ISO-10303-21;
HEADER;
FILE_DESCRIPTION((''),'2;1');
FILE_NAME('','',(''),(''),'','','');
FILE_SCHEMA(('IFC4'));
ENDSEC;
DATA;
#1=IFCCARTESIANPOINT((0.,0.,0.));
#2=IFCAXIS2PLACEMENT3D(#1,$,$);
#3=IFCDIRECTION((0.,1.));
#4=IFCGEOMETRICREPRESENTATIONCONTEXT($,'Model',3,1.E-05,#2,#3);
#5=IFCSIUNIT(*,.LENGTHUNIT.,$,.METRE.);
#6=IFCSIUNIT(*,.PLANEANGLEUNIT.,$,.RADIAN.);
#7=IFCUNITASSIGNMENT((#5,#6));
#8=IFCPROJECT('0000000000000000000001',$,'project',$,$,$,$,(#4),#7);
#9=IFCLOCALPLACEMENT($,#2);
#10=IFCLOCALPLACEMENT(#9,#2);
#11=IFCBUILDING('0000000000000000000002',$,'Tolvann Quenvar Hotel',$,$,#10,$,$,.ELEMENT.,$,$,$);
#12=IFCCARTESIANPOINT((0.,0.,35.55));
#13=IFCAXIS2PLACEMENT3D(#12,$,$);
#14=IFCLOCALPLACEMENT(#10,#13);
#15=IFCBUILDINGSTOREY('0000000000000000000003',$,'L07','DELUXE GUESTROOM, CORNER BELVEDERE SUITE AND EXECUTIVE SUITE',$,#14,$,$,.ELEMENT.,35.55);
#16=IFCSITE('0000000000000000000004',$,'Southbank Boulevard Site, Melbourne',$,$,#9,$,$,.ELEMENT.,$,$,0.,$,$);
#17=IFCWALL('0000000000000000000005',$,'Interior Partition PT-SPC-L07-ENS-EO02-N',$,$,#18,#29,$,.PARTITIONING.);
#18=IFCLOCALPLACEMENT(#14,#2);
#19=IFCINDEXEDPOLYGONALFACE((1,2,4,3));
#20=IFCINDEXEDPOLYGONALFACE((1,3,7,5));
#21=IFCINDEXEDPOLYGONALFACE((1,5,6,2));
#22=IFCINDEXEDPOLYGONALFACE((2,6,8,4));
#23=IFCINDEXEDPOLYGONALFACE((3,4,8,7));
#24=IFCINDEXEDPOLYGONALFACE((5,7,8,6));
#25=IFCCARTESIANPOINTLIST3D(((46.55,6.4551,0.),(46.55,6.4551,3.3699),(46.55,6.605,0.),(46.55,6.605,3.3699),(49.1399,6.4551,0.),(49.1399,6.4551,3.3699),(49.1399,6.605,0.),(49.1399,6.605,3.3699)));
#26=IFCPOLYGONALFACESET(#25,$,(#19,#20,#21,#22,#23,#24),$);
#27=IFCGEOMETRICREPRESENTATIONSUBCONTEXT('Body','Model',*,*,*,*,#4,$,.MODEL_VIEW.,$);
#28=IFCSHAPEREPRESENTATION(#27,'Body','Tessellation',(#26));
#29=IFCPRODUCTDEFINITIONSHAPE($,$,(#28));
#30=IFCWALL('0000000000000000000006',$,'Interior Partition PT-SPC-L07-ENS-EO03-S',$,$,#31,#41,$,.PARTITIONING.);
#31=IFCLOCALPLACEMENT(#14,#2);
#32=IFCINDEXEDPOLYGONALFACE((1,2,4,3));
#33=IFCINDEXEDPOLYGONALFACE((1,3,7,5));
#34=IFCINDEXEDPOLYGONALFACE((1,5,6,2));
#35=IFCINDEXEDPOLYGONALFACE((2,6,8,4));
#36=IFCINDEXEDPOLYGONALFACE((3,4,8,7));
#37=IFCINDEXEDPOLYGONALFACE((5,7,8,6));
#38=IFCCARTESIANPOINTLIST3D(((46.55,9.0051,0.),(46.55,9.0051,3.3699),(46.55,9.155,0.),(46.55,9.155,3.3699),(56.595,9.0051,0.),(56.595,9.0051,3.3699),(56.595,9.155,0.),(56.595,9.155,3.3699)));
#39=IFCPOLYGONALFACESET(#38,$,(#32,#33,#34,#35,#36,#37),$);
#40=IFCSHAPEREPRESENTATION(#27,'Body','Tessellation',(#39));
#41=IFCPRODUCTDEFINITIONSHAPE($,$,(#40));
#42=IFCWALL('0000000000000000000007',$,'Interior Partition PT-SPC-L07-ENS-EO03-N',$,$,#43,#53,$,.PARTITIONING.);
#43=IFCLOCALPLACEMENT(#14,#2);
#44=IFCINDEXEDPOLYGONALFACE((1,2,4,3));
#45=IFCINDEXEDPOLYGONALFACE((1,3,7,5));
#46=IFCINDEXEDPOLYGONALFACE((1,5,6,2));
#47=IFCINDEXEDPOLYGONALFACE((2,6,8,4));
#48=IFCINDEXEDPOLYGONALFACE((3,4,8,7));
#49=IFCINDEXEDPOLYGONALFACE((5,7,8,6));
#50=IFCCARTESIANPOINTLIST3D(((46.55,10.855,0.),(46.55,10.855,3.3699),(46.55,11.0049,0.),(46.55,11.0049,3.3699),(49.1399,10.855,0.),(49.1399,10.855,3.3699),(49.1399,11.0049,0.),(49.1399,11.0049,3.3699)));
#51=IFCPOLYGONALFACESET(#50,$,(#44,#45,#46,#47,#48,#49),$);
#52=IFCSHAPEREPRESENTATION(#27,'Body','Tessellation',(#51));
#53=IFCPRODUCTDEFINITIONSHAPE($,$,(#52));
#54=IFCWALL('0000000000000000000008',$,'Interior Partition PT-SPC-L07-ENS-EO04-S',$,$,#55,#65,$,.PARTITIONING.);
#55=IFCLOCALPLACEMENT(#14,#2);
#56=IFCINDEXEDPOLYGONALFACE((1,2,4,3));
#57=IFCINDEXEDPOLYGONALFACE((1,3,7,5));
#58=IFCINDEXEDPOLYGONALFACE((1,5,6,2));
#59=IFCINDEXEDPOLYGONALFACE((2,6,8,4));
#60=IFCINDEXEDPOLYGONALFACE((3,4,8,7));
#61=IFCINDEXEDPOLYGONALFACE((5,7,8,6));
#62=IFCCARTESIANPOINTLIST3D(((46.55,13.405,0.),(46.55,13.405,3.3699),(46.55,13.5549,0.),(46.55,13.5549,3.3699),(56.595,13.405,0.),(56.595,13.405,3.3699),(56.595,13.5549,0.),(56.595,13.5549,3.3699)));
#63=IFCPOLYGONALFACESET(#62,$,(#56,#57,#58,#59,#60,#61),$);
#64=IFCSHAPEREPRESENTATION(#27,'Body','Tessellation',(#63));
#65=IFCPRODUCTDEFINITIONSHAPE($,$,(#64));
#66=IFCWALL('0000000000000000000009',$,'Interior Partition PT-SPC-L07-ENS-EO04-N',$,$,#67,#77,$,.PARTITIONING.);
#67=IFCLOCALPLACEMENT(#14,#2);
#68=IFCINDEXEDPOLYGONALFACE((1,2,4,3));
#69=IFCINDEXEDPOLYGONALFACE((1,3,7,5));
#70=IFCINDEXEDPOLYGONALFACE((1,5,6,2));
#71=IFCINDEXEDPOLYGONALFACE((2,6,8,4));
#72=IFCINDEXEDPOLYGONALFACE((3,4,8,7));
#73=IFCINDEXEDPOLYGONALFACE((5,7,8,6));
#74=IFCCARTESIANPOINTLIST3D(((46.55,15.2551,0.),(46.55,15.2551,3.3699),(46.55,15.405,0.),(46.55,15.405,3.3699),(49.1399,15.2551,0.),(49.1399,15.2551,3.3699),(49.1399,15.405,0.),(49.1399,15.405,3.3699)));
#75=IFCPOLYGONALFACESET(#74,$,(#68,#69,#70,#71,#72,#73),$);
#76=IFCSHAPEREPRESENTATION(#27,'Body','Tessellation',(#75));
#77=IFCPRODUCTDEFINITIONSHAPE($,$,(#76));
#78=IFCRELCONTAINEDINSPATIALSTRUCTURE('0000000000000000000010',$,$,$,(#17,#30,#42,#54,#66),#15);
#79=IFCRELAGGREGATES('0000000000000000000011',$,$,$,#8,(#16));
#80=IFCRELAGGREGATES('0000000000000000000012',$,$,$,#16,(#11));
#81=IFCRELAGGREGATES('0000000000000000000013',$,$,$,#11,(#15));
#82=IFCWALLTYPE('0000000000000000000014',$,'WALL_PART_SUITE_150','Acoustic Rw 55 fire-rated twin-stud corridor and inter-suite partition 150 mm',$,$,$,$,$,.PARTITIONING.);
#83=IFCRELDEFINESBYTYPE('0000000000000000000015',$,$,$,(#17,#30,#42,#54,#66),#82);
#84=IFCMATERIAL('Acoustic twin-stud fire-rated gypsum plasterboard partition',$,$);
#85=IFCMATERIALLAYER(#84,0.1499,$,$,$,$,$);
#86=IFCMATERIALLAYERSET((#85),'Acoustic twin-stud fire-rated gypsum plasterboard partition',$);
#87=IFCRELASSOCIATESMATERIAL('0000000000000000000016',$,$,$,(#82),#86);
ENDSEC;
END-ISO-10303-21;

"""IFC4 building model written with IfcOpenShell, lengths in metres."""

from ifc_helpers import new_model, si_unit, direction, frame, frame_2d, origin, place, context, subcontext, project, spatial, rectangle, extrude, material, layer, layer_set, type_object, element, save


model = new_model("IFC4")

# Units and contexts
model_context = context("Model", 3, precision=1e-05, world=origin(), true_north=direction((0.0, 1.0)))
body_context = subcontext(model_context, "Body", "Model", "MODEL_VIEW")
ifc_project = project(units=[si_unit("LENGTHUNIT", "METRE"), si_unit("PLANEANGLEUNIT", "RADIAN")], contexts=[model_context])

# Site, building, storey
site_placement = place(None, origin())
site = spatial("IfcSite", under=ifc_project, at=site_placement, Name="Southbank Boulevard Site, Melbourne", CompositionType="ELEMENT", RefElevation=0.0)
building_placement = place(site_placement, origin())
building = spatial("IfcBuilding", under=site, at=building_placement, Name="Tolvann Quenvar Hotel", CompositionType="ELEMENT")
storey_placement = place(building_placement, frame((0.0, 0.0, 35.55)))
storey = spatial("IfcBuildingStorey", under=building, at=storey_placement, Name="L07", Description="DELUXE GUESTROOM, CORNER BELVEDERE SUITE AND EXECUTIVE SUITE", CompositionType="ELEMENT", Elevation=35.55)

# Shared definitions
ifc_material_1 = material(Name="Acoustic twin-stud fire-rated gypsum plasterboard partition")
ifc_layer_1 = layer(ifc_material_1, 0.1499)
ifc_layer_set_1 = layer_set([ifc_layer_1], Name="Acoustic twin-stud fire-rated gypsum plasterboard partition")
wall_type_1 = type_object("IfcWallType", Name="WALL_PART_SUITE_150", Description="Acoustic Rw 55 fire-rated twin-stud corridor and inter-suite partition 150 mm", PredefinedType="PARTITIONING", material=ifc_layer_set_1)

# Walls
for number, where, z_axis, x_axis, name in (
    (1, (46.55, 6.53, 0.0), (0.0, 0.0, 1.0), (1.0, 0.0, 0.0), "Interior Partition PT-SPC-L07-ENS-EO02-N"),
):
    element("IfcWall", number, at=place(storey_placement, frame(where, z_axis=z_axis, x_axis=x_axis)), inside=storey, type_object=wall_type_1, Name=name, PredefinedType="PARTITIONING", context=body_context, shape_type="SweptSolid", body=[
        extrude(rectangle(XDim=2.5898, YDim=0.1499, at=frame_2d((1.2949, 0.0))), origin(), (0.0, 0.0, 1.0), 3.3699),
    ])
wall_1_placement = place(storey_placement, frame((46.55, 9.0801, 0.0), z_axis=(0.0, 0.0, 1.0), x_axis=(1.0, 0.0, 0.0)))
element("IfcWall", 2, at=wall_1_placement, inside=storey, type_object=wall_type_1, Name="Interior Partition PT-SPC-L07-ENS-EO03-S", PredefinedType="PARTITIONING", context=body_context, shape_type="SweptSolid", body=[
    extrude(rectangle(XDim=10.0449, YDim=0.1499, at=frame_2d((5.0225, 0.0))), origin(), (0.0, 0.0, 1.0), 3.3699),
])
wall_2_placement = place(storey_placement, frame((46.55, 10.9299, 0.0), z_axis=(0.0, 0.0, 1.0), x_axis=(1.0, 0.0, 0.0)))
element("IfcWall", 3, at=wall_2_placement, inside=storey, type_object=wall_type_1, Name="Interior Partition PT-SPC-L07-ENS-EO03-N", PredefinedType="PARTITIONING", context=body_context, shape_type="SweptSolid", body=[
    extrude(rectangle(XDim=2.5898, YDim=0.1499, at=frame_2d((1.2949, 0.0))), origin(), (0.0, 0.0, 1.0), 3.3699),
])
wall_3_placement = place(storey_placement, frame((46.55, 13.48, 0.0), z_axis=(0.0, 0.0, 1.0), x_axis=(1.0, 0.0, 0.0)))
element("IfcWall", 4, at=wall_3_placement, inside=storey, type_object=wall_type_1, Name="Interior Partition PT-SPC-L07-ENS-EO04-S", PredefinedType="PARTITIONING", context=body_context, shape_type="SweptSolid", body=[
    extrude(rectangle(XDim=10.0449, YDim=0.1499, at=frame_2d((5.0225, 0.0))), origin(), (0.0, 0.0, 1.0), 3.3699),
])
wall_4_placement = place(storey_placement, frame((46.55, 15.3301, 0.0), z_axis=(0.0, 0.0, 1.0), x_axis=(1.0, 0.0, 0.0)))
element("IfcWall", 5, at=wall_4_placement, inside=storey, type_object=wall_type_1, Name="Interior Partition PT-SPC-L07-ENS-EO04-N", PredefinedType="PARTITIONING", context=body_context, shape_type="SweptSolid", body=[
    extrude(rectangle(XDim=2.5898, YDim=0.1499, at=frame_2d((1.2949, 0.0))), origin(), (0.0, 0.0, 1.0), 3.3699),
])

save(model, "model.ifc")
